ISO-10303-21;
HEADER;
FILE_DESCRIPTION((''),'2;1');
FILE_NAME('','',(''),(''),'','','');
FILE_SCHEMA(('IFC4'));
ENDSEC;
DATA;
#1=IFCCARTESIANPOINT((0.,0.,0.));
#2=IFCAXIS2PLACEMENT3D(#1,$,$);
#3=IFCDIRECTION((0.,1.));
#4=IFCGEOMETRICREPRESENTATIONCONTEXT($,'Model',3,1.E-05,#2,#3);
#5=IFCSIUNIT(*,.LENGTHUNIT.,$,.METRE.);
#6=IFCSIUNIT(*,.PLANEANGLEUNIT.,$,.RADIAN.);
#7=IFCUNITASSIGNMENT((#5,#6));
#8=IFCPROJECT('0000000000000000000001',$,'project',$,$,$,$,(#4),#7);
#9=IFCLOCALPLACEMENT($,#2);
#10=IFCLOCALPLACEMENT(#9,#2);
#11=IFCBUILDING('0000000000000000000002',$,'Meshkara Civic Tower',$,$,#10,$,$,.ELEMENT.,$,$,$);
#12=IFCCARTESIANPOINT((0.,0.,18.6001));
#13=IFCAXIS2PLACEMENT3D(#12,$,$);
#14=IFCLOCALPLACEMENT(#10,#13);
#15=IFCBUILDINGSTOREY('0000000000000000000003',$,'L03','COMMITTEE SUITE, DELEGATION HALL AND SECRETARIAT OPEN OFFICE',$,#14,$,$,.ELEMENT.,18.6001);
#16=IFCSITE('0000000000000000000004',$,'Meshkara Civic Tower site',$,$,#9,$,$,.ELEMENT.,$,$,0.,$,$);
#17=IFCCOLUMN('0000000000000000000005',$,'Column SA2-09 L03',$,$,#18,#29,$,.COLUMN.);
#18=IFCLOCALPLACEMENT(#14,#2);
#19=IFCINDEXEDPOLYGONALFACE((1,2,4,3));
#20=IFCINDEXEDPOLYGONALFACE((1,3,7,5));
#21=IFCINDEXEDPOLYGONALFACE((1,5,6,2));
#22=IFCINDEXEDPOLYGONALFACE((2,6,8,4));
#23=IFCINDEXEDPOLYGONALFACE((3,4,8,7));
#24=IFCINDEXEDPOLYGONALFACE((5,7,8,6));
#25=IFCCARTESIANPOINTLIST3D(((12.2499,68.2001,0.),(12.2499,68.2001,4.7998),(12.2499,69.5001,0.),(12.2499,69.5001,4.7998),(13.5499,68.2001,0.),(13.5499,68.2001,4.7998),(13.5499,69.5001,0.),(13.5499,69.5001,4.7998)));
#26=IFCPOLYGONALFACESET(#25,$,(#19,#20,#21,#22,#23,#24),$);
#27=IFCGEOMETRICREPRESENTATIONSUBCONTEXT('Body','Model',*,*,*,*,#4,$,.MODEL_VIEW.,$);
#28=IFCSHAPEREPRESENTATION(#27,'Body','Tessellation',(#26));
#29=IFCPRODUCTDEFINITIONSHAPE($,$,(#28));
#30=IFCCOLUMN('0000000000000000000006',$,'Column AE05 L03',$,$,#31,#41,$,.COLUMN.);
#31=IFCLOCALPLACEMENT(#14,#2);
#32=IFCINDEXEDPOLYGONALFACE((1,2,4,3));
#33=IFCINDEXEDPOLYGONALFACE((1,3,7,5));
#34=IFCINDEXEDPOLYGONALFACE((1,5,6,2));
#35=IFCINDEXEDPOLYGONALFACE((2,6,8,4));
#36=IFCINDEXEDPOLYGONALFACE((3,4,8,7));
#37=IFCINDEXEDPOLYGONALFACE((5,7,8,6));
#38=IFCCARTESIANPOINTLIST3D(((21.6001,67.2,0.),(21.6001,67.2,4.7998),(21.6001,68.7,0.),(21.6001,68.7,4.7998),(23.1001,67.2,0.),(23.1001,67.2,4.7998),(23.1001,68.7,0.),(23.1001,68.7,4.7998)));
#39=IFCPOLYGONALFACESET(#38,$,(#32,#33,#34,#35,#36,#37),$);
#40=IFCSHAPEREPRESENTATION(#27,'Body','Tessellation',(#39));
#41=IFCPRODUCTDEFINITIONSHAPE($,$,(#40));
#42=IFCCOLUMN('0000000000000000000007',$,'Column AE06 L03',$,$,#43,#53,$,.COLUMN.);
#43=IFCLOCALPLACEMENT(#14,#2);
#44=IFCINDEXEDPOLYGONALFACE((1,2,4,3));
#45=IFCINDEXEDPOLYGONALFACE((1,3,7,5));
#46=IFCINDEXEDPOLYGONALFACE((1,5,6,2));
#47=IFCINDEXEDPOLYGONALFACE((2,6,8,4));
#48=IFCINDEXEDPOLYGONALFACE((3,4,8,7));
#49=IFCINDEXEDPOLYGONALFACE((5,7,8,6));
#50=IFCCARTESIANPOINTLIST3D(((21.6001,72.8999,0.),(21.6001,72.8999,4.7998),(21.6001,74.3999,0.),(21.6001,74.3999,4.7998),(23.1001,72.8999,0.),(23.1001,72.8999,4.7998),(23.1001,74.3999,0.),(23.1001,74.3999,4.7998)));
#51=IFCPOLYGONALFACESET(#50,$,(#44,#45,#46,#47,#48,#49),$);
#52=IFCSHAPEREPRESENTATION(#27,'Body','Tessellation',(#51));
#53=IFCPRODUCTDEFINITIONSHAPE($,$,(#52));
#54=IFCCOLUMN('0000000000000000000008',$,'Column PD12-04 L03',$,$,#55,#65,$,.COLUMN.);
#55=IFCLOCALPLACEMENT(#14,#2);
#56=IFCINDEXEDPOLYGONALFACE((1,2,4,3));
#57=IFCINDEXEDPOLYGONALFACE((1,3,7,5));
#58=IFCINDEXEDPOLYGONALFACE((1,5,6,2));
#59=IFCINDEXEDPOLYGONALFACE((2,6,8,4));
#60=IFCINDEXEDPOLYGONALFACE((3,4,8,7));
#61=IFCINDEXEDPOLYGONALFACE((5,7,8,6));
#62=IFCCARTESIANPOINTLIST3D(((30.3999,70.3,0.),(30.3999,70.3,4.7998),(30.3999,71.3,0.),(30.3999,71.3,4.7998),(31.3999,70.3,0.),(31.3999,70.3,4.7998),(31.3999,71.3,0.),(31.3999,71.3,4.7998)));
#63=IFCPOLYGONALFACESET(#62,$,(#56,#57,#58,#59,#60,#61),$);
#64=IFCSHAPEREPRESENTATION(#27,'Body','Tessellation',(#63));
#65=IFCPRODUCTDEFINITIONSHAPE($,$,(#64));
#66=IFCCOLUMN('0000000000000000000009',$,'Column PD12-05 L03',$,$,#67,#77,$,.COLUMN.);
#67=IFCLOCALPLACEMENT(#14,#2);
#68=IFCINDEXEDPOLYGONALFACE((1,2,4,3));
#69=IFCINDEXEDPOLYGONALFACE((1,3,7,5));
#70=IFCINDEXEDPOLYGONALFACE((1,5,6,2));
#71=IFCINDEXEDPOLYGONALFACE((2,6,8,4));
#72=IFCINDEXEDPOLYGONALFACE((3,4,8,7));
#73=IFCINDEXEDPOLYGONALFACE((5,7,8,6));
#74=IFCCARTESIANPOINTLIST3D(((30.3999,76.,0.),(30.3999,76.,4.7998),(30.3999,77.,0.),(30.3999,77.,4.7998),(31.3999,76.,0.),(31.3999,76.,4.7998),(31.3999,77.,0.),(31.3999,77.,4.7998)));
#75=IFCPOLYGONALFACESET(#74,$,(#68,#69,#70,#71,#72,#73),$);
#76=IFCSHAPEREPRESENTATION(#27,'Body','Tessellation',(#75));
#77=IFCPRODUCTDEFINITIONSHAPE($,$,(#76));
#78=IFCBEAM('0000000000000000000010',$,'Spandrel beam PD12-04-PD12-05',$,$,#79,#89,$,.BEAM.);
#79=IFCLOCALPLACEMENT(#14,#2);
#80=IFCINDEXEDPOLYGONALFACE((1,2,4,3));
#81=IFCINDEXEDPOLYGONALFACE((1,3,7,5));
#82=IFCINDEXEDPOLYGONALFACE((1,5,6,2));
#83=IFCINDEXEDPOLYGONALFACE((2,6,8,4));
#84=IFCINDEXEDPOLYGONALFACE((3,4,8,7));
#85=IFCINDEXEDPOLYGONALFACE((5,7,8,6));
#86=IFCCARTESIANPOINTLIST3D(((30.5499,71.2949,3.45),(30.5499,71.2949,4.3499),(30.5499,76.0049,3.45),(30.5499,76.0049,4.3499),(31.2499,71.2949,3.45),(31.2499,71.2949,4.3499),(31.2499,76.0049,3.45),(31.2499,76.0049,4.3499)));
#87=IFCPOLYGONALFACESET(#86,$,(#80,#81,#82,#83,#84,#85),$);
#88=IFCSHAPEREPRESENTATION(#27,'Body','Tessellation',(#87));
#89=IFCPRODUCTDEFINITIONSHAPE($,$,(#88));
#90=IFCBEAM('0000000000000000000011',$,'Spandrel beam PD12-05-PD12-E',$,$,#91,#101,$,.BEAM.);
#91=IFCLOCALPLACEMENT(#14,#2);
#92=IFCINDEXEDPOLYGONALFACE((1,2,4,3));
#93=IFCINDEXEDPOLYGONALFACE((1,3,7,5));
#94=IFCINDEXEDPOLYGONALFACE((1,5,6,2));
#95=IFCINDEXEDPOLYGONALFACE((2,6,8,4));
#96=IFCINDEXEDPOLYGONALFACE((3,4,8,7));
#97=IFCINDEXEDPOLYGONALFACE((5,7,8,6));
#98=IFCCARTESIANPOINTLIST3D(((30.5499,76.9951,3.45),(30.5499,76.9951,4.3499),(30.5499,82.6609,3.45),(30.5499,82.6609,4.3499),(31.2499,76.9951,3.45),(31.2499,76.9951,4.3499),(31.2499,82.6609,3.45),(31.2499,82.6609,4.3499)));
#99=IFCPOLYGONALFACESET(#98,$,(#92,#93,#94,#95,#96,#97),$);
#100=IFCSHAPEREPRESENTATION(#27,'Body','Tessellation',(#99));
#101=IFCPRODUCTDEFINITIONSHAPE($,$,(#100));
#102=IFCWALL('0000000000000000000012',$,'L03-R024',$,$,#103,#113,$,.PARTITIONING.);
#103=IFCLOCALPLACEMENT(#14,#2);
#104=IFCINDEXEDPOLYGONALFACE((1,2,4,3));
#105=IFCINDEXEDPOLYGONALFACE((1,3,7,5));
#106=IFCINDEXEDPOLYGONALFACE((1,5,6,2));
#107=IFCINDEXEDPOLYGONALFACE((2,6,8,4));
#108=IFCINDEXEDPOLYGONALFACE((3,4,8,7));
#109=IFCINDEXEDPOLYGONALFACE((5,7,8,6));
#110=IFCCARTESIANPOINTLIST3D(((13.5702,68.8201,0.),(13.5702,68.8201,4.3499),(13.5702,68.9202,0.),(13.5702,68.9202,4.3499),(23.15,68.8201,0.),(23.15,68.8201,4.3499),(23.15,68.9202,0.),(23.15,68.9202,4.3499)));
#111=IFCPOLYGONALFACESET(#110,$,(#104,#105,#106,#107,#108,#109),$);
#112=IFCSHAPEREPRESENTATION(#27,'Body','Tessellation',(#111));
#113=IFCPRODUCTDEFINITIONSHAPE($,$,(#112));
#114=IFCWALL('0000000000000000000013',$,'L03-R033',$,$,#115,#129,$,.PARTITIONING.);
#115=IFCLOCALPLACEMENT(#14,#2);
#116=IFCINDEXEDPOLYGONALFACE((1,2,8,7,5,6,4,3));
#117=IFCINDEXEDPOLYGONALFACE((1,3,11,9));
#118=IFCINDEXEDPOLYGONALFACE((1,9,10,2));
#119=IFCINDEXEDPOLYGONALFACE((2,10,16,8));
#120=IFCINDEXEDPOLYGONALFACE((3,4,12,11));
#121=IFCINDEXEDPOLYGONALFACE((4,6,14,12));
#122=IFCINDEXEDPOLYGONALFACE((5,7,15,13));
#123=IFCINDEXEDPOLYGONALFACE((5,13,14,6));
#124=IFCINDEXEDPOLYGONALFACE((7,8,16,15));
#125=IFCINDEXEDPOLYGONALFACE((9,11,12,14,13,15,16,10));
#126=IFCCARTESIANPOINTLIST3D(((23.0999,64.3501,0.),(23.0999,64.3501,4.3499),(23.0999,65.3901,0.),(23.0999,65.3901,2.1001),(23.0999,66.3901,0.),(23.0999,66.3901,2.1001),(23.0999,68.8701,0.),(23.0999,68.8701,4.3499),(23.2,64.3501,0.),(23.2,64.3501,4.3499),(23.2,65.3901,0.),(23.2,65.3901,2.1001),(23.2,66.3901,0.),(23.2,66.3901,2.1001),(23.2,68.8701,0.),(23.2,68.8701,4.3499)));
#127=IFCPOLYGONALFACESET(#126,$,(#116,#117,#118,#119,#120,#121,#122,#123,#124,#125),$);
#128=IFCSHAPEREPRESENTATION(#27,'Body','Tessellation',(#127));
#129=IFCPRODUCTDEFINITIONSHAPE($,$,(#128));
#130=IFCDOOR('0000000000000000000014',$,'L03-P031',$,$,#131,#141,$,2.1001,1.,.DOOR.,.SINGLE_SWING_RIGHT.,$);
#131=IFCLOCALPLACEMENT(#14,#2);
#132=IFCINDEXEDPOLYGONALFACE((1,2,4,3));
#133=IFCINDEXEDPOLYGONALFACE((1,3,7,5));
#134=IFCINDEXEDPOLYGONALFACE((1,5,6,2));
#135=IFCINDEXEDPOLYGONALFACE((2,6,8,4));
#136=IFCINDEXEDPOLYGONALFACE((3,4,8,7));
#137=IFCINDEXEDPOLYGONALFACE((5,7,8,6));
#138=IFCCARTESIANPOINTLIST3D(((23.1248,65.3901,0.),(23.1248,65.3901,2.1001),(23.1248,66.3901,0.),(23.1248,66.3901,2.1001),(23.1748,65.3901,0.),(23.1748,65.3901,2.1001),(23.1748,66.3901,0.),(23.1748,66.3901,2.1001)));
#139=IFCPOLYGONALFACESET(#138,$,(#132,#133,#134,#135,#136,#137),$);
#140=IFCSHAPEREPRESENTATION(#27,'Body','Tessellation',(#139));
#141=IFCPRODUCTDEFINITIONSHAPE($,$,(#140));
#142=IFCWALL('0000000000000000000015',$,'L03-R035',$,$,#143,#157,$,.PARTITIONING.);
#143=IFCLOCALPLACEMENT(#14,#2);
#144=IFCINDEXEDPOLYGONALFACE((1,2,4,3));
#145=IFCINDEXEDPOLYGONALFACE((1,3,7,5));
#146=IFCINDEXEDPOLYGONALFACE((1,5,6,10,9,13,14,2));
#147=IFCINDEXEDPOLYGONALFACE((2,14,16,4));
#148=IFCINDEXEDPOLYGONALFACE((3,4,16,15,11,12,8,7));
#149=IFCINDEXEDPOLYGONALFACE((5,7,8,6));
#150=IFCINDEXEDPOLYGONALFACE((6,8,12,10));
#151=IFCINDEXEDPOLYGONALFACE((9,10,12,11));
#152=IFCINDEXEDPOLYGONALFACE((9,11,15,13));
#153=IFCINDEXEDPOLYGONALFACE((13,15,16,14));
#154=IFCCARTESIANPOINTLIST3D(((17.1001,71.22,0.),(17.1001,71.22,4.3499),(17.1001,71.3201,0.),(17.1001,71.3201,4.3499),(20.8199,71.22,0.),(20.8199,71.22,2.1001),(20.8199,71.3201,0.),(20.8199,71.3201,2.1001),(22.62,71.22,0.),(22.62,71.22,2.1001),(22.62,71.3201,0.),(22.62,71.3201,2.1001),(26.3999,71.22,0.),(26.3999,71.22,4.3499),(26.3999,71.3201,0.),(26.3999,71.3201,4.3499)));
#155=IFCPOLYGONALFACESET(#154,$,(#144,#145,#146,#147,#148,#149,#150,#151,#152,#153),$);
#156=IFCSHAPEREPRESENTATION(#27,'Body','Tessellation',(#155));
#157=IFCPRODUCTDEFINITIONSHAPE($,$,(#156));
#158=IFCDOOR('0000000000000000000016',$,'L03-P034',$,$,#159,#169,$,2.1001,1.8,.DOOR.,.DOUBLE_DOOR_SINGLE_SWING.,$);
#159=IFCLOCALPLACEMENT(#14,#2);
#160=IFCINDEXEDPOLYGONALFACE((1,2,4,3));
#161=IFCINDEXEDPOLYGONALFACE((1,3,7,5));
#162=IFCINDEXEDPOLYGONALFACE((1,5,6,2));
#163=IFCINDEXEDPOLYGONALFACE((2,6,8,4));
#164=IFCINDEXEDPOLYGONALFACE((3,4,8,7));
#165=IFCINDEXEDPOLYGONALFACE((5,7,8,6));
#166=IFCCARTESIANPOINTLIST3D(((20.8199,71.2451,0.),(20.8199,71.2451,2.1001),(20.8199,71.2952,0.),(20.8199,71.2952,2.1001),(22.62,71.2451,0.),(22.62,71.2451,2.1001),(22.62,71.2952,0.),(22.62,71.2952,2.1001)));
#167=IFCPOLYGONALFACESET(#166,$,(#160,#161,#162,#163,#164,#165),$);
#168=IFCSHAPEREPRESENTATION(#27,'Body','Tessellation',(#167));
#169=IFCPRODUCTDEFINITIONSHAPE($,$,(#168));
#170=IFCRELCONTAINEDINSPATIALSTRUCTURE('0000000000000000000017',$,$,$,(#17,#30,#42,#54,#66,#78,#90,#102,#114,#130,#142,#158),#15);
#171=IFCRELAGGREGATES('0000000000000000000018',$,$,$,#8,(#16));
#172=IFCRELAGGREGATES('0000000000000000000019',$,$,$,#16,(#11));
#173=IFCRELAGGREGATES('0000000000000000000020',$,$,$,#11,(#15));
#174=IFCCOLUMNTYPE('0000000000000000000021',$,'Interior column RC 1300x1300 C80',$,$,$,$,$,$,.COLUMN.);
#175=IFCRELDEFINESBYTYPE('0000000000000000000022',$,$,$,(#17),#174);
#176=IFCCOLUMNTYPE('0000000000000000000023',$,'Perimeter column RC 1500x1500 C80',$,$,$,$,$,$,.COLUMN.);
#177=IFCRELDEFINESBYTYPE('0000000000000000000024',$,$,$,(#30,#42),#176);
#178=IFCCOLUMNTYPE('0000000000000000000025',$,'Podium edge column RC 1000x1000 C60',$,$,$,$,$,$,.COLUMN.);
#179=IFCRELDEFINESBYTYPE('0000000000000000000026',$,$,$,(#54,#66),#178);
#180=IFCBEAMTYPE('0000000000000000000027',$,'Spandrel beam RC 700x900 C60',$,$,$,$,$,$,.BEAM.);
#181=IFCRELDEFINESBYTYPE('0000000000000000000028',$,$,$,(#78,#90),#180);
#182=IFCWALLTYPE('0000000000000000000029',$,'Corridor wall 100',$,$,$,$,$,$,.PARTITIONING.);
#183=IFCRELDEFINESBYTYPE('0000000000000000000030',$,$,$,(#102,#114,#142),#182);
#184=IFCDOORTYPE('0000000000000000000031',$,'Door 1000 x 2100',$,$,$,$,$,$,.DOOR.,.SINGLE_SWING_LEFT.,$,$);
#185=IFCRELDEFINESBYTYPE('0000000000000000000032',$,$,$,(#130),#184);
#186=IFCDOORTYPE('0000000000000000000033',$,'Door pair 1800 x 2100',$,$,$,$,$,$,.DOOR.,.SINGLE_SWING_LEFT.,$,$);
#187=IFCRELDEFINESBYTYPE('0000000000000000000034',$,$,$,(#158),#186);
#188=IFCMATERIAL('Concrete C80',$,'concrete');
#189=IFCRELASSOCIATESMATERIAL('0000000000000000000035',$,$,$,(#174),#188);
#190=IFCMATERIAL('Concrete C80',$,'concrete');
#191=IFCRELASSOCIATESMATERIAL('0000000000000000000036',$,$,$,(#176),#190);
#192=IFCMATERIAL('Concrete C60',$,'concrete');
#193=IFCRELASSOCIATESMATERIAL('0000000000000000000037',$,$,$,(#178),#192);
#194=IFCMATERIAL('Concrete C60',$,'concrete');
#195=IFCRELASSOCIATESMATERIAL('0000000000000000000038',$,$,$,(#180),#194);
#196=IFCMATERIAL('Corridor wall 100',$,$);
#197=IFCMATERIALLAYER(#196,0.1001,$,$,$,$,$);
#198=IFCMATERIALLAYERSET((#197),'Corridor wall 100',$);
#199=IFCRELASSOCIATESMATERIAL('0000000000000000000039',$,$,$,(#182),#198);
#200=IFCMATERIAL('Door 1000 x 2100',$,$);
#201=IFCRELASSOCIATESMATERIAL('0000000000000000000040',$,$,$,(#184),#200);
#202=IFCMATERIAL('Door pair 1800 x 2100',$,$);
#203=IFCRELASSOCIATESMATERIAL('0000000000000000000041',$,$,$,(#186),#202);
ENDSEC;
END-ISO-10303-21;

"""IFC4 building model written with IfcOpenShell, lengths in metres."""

from ifc_helpers import new_model, si_unit, direction, frame, frame_2d, origin, origin_2d, place, context, subcontext, project, spatial, rectangle, extrude, material, layer, layer_set, material_profile, profile_set, type_object, element, fill, save


model = new_model("IFC4")

# Units and contexts
model_context = context("Model", 3, precision=1e-05, world=origin(), true_north=direction((0.0, 1.0)))
body_context = subcontext(model_context, "Body", "Model", "MODEL_VIEW")
ifc_project = project(units=[si_unit("LENGTHUNIT", "METRE"), si_unit("PLANEANGLEUNIT", "RADIAN")], contexts=[model_context])

# Site, building, storey
site_placement = place(None, origin())
site = spatial("IfcSite", under=ifc_project, at=site_placement, Name="Meshkara Civic Tower site", CompositionType="ELEMENT", RefElevation=0.0)
building_placement = place(site_placement, origin())
building = spatial("IfcBuilding", under=site, at=building_placement, Name="Meshkara Civic Tower", CompositionType="ELEMENT")
storey_placement = place(building_placement, frame((0.0, 0.0, 18.6001)))
storey = spatial("IfcBuildingStorey", under=building, at=storey_placement, Name="L03", Description="COMMITTEE SUITE, DELEGATION HALL AND SECRETARIAT OPEN OFFICE", CompositionType="ELEMENT", Elevation=18.6001)

# Columns
ifc_material_1 = material(Name="Concrete C80", Category="concrete")
ifc_material_profile_1 = material_profile(ifc_material_1, rectangle(XDim=1.3, YDim=1.3, at=origin_2d()))
ifc_profile_set_1 = profile_set([ifc_material_profile_1], Name="Concrete C80")
column_type_1 = type_object("IfcColumnType", Name="Interior column RC 1300x1300 C80", PredefinedType="COLUMN", material=ifc_profile_set_1)
column_placement = place(storey_placement, frame((12.8999, 68.8501, 0.0), z_axis=(0.0, 0.0, 1.0), x_axis=(1.0, 0.0, 0.0)))
element("IfcColumn", 1, at=column_placement, inside=storey, type_object=column_type_1, Name="Column SA2-09 L03", PredefinedType="COLUMN", context=body_context, shape_type="SweptSolid", body=[
    extrude(rectangle(XDim=1.3, YDim=1.3, at=origin_2d()), origin(), (0.0, 0.0, 1.0), 4.7998),
])
ifc_material_2 = material(Name="Concrete C80", Category="concrete")
ifc_material_profile_2 = material_profile(ifc_material_2, rectangle(XDim=1.5, YDim=1.5, at=origin_2d()))
ifc_profile_set_2 = profile_set([ifc_material_profile_2], Name="Concrete C80")
column_type_2 = type_object("IfcColumnType", Name="Perimeter column RC 1500x1500 C80", PredefinedType="COLUMN", material=ifc_profile_set_2)
for number, where, z_axis, x_axis, name in (
    (2, (22.3501, 67.95, 0.0), (0.0, 0.0, 1.0), (1.0, 0.0, 0.0), "Column AE05 L03"),
    (3, (22.3501, 73.6499, 0.0), (0.0, 0.0, 1.0), (1.0, 0.0, 0.0), "Column AE06 L03"),
):
    element("IfcColumn", number, at=place(storey_placement, frame(where, z_axis=z_axis, x_axis=x_axis)), inside=storey, type_object=column_type_2, Name=name, PredefinedType="COLUMN", context=body_context, shape_type="SweptSolid", body=[
        extrude(rectangle(XDim=1.5, YDim=1.5, at=origin_2d()), origin(), (0.0, 0.0, 1.0), 4.7998),
    ])
ifc_material_3 = material(Name="Concrete C60", Category="concrete")
ifc_material_profile_3 = material_profile(ifc_material_3, rectangle(XDim=1.0, YDim=1.0, at=origin_2d()))
ifc_profile_set_3 = profile_set([ifc_material_profile_3], Name="Concrete C60")
column_type_3 = type_object("IfcColumnType", Name="Podium edge column RC 1000x1000 C60", PredefinedType="COLUMN", material=ifc_profile_set_3)
for number, where, z_axis, x_axis, name in (
    (4, (30.8999, 70.8, 0.0), (0.0, 0.0, 1.0), (1.0, 0.0, 0.0), "Column PD12-04 L03"),
    (5, (30.8999, 76.5, 0.0), (0.0, 0.0, 1.0), (1.0, 0.0, 0.0), "Column PD12-05 L03"),
):
    element("IfcColumn", number, at=place(storey_placement, frame(where, z_axis=z_axis, x_axis=x_axis)), inside=storey, type_object=column_type_3, Name=name, PredefinedType="COLUMN", context=body_context, shape_type="SweptSolid", body=[
        extrude(rectangle(XDim=1.0, YDim=1.0, at=origin_2d()), origin(), (0.0, 0.0, 1.0), 4.7998),
    ])

# Beams
ifc_material_4 = material(Name="Concrete C60", Category="concrete")
ifc_material_profile_4 = material_profile(ifc_material_4, rectangle(XDim=0.7, YDim=0.8999, at=origin_2d()))
ifc_profile_set_4 = profile_set([ifc_material_profile_4], Name="Concrete C60")
beam_type = type_object("IfcBeamType", Name="Spandrel beam RC 700x900 C60", PredefinedType="BEAM", material=ifc_profile_set_4)
beam_1_placement = place(storey_placement, frame((30.8999, 71.2949, 3.8999), z_axis=(0.0, 1.0, 0.0), x_axis=(-1.0, 0.0, 0.0)))
element("IfcBeam", 6, at=beam_1_placement, inside=storey, type_object=beam_type, Name="Spandrel beam PD12-04-PD12-05", PredefinedType="BEAM", context=body_context, shape_type="SweptSolid", body=[
    extrude(rectangle(XDim=0.7, YDim=0.8999, at=origin_2d()), origin(), (0.0, 0.0, 1.0), 4.71),
])
beam_2_placement = place(storey_placement, frame((30.8999, 76.9951, 3.8999), z_axis=(0.0, 1.0, 0.0), x_axis=(-1.0, 0.0, 0.0)))
element("IfcBeam", 7, at=beam_2_placement, inside=storey, type_object=beam_type, Name="Spandrel beam PD12-05-PD12-E", PredefinedType="BEAM", context=body_context, shape_type="SweptSolid", body=[
    extrude(rectangle(XDim=0.7, YDim=0.8999, at=origin_2d()), origin(), (0.0, 0.0, 1.0), 5.6658),
])

# Wall
ifc_material_5 = material(Name="Corridor wall 100")
ifc_layer_1 = layer(ifc_material_5, 0.1001)
ifc_layer_set_1 = layer_set([ifc_layer_1], Name="Corridor wall 100")
wall_type_1 = type_object("IfcWallType", Name="Corridor wall 100", PredefinedType="PARTITIONING", material=ifc_layer_set_1)
wall_1_placement = place(storey_placement, frame((13.5701, 68.8701, 0.0), z_axis=(0.0, 0.0, 1.0), x_axis=(1.0, 0.0, 0.0)))
element("IfcWall", 8, at=wall_1_placement, inside=storey, type_object=wall_type_1, Name="L03-R024", PredefinedType="PARTITIONING", context=body_context, shape_type="SweptSolid", body=[
    extrude(rectangle(XDim=9.5798, YDim=0.1001, at=frame_2d((4.79, 0.0))), origin(), (0.0, 0.0, 1.0), 4.3499),
])

# Walls, openings, doors
wall_2_placement = place(storey_placement, frame((23.1499, 68.8701, 0.0), z_axis=(0.0, 0.0, 1.0), x_axis=(0.0, -1.0, 0.0)))
wall_2 = element("IfcWall", 9, at=wall_2_placement, inside=storey, type_object=wall_type_1, Name="L03-R033", PredefinedType="PARTITIONING", context=body_context, shape_type="SweptSolid", body=[
    extrude(rectangle(XDim=4.52, YDim=0.1001, at=frame_2d((2.26, 0.0))), origin(), (0.0, 0.0, 1.0), 4.3499),
])
opening_1_placement = place(wall_2_placement, frame((2.48, 0.0, 0.0)))
opening_1 = element("IfcOpeningElement", 10, at=opening_1_placement, cuts=wall_2, PredefinedType="OPENING", context=body_context, shape_type="SweptSolid", body=[
    extrude(rectangle(XDim=1.0, YDim=2.1001, at=frame_2d((0.5, 1.05))), frame((0.0, 0.0601, 0.0), z_axis=(0.0, -1.0, 0.0), x_axis=(1.0, 0.0, 0.0)), (0.0, 0.0, 1.0), 0.1201),
])
ifc_material_6 = material(Name="Door 1000 x 2100")
door_type_1 = type_object("IfcDoorType", Name="Door 1000 x 2100", OperationType="SINGLE_SWING_LEFT", PredefinedType="DOOR", material=ifc_material_6)
door_1_placement = place(opening_1_placement, origin())
door_1 = element("IfcDoor", 11, at=door_1_placement, inside=storey, type_object=door_type_1, Name="L03-P031", OperationType="SINGLE_SWING_RIGHT", OverallHeight=2.1001, OverallWidth=1.0, PredefinedType="DOOR", context=body_context, shape_type="SweptSolid", body=[
    extrude(rectangle(XDim=1.0, YDim=2.1001, at=frame_2d((0.5, 1.05))), frame((0.0, 0.0249, 0.0), z_axis=(0.0, -1.0, 0.0), x_axis=(1.0, 0.0, 0.0)), (0.0, 0.0, 1.0), 0.05),
])
fill(opening_1, door_1)
wall_3_placement = place(storey_placement, frame((26.3999, 71.27, 0.0), z_axis=(0.0, 0.0, 1.0), x_axis=(-1.0, 0.0, 0.0)))
wall_3 = element("IfcWall", 12, at=wall_3_placement, inside=storey, type_object=wall_type_1, Name="L03-R035", PredefinedType="PARTITIONING", context=body_context, shape_type="SweptSolid", body=[
    extrude(rectangle(XDim=9.2998, YDim=0.1001, at=frame_2d((4.6499, 0.0))), origin(), (0.0, 0.0, 1.0), 4.3499),
])
opening_2_placement = place(wall_3_placement, frame((3.78, 0.0, 0.0)))
opening_2 = element("IfcOpeningElement", 13, at=opening_2_placement, cuts=wall_3, PredefinedType="OPENING", context=body_context, shape_type="SweptSolid", body=[
    extrude(rectangle(XDim=1.8, YDim=2.1001, at=frame_2d((0.8999, 1.05))), frame((0.0, 0.0601, 0.0), z_axis=(0.0, -1.0, 0.0), x_axis=(1.0, 0.0, 0.0)), (0.0, 0.0, 1.0), 0.1201),
])
ifc_material_7 = material(Name="Door pair 1800 x 2100")
door_type_2 = type_object("IfcDoorType", Name="Door pair 1800 x 2100", OperationType="SINGLE_SWING_LEFT", PredefinedType="DOOR", material=ifc_material_7)
door_2_placement = place(opening_2_placement, origin())
door_2 = element("IfcDoor", 14, at=door_2_placement, inside=storey, type_object=door_type_2, Name="L03-P034", OperationType="DOUBLE_DOOR_SINGLE_SWING", OverallHeight=2.1001, OverallWidth=1.8, PredefinedType="DOOR", context=body_context, shape_type="SweptSolid", body=[
    extrude(rectangle(XDim=1.8, YDim=2.1001, at=frame_2d((0.8999, 1.05))), frame((0.0, 0.0249, 0.0), z_axis=(0.0, -1.0, 0.0), x_axis=(1.0, 0.0, 0.0)), (0.0, 0.0, 1.0), 0.05),
])
fill(opening_2, door_2)

save(model, "model.ifc")
